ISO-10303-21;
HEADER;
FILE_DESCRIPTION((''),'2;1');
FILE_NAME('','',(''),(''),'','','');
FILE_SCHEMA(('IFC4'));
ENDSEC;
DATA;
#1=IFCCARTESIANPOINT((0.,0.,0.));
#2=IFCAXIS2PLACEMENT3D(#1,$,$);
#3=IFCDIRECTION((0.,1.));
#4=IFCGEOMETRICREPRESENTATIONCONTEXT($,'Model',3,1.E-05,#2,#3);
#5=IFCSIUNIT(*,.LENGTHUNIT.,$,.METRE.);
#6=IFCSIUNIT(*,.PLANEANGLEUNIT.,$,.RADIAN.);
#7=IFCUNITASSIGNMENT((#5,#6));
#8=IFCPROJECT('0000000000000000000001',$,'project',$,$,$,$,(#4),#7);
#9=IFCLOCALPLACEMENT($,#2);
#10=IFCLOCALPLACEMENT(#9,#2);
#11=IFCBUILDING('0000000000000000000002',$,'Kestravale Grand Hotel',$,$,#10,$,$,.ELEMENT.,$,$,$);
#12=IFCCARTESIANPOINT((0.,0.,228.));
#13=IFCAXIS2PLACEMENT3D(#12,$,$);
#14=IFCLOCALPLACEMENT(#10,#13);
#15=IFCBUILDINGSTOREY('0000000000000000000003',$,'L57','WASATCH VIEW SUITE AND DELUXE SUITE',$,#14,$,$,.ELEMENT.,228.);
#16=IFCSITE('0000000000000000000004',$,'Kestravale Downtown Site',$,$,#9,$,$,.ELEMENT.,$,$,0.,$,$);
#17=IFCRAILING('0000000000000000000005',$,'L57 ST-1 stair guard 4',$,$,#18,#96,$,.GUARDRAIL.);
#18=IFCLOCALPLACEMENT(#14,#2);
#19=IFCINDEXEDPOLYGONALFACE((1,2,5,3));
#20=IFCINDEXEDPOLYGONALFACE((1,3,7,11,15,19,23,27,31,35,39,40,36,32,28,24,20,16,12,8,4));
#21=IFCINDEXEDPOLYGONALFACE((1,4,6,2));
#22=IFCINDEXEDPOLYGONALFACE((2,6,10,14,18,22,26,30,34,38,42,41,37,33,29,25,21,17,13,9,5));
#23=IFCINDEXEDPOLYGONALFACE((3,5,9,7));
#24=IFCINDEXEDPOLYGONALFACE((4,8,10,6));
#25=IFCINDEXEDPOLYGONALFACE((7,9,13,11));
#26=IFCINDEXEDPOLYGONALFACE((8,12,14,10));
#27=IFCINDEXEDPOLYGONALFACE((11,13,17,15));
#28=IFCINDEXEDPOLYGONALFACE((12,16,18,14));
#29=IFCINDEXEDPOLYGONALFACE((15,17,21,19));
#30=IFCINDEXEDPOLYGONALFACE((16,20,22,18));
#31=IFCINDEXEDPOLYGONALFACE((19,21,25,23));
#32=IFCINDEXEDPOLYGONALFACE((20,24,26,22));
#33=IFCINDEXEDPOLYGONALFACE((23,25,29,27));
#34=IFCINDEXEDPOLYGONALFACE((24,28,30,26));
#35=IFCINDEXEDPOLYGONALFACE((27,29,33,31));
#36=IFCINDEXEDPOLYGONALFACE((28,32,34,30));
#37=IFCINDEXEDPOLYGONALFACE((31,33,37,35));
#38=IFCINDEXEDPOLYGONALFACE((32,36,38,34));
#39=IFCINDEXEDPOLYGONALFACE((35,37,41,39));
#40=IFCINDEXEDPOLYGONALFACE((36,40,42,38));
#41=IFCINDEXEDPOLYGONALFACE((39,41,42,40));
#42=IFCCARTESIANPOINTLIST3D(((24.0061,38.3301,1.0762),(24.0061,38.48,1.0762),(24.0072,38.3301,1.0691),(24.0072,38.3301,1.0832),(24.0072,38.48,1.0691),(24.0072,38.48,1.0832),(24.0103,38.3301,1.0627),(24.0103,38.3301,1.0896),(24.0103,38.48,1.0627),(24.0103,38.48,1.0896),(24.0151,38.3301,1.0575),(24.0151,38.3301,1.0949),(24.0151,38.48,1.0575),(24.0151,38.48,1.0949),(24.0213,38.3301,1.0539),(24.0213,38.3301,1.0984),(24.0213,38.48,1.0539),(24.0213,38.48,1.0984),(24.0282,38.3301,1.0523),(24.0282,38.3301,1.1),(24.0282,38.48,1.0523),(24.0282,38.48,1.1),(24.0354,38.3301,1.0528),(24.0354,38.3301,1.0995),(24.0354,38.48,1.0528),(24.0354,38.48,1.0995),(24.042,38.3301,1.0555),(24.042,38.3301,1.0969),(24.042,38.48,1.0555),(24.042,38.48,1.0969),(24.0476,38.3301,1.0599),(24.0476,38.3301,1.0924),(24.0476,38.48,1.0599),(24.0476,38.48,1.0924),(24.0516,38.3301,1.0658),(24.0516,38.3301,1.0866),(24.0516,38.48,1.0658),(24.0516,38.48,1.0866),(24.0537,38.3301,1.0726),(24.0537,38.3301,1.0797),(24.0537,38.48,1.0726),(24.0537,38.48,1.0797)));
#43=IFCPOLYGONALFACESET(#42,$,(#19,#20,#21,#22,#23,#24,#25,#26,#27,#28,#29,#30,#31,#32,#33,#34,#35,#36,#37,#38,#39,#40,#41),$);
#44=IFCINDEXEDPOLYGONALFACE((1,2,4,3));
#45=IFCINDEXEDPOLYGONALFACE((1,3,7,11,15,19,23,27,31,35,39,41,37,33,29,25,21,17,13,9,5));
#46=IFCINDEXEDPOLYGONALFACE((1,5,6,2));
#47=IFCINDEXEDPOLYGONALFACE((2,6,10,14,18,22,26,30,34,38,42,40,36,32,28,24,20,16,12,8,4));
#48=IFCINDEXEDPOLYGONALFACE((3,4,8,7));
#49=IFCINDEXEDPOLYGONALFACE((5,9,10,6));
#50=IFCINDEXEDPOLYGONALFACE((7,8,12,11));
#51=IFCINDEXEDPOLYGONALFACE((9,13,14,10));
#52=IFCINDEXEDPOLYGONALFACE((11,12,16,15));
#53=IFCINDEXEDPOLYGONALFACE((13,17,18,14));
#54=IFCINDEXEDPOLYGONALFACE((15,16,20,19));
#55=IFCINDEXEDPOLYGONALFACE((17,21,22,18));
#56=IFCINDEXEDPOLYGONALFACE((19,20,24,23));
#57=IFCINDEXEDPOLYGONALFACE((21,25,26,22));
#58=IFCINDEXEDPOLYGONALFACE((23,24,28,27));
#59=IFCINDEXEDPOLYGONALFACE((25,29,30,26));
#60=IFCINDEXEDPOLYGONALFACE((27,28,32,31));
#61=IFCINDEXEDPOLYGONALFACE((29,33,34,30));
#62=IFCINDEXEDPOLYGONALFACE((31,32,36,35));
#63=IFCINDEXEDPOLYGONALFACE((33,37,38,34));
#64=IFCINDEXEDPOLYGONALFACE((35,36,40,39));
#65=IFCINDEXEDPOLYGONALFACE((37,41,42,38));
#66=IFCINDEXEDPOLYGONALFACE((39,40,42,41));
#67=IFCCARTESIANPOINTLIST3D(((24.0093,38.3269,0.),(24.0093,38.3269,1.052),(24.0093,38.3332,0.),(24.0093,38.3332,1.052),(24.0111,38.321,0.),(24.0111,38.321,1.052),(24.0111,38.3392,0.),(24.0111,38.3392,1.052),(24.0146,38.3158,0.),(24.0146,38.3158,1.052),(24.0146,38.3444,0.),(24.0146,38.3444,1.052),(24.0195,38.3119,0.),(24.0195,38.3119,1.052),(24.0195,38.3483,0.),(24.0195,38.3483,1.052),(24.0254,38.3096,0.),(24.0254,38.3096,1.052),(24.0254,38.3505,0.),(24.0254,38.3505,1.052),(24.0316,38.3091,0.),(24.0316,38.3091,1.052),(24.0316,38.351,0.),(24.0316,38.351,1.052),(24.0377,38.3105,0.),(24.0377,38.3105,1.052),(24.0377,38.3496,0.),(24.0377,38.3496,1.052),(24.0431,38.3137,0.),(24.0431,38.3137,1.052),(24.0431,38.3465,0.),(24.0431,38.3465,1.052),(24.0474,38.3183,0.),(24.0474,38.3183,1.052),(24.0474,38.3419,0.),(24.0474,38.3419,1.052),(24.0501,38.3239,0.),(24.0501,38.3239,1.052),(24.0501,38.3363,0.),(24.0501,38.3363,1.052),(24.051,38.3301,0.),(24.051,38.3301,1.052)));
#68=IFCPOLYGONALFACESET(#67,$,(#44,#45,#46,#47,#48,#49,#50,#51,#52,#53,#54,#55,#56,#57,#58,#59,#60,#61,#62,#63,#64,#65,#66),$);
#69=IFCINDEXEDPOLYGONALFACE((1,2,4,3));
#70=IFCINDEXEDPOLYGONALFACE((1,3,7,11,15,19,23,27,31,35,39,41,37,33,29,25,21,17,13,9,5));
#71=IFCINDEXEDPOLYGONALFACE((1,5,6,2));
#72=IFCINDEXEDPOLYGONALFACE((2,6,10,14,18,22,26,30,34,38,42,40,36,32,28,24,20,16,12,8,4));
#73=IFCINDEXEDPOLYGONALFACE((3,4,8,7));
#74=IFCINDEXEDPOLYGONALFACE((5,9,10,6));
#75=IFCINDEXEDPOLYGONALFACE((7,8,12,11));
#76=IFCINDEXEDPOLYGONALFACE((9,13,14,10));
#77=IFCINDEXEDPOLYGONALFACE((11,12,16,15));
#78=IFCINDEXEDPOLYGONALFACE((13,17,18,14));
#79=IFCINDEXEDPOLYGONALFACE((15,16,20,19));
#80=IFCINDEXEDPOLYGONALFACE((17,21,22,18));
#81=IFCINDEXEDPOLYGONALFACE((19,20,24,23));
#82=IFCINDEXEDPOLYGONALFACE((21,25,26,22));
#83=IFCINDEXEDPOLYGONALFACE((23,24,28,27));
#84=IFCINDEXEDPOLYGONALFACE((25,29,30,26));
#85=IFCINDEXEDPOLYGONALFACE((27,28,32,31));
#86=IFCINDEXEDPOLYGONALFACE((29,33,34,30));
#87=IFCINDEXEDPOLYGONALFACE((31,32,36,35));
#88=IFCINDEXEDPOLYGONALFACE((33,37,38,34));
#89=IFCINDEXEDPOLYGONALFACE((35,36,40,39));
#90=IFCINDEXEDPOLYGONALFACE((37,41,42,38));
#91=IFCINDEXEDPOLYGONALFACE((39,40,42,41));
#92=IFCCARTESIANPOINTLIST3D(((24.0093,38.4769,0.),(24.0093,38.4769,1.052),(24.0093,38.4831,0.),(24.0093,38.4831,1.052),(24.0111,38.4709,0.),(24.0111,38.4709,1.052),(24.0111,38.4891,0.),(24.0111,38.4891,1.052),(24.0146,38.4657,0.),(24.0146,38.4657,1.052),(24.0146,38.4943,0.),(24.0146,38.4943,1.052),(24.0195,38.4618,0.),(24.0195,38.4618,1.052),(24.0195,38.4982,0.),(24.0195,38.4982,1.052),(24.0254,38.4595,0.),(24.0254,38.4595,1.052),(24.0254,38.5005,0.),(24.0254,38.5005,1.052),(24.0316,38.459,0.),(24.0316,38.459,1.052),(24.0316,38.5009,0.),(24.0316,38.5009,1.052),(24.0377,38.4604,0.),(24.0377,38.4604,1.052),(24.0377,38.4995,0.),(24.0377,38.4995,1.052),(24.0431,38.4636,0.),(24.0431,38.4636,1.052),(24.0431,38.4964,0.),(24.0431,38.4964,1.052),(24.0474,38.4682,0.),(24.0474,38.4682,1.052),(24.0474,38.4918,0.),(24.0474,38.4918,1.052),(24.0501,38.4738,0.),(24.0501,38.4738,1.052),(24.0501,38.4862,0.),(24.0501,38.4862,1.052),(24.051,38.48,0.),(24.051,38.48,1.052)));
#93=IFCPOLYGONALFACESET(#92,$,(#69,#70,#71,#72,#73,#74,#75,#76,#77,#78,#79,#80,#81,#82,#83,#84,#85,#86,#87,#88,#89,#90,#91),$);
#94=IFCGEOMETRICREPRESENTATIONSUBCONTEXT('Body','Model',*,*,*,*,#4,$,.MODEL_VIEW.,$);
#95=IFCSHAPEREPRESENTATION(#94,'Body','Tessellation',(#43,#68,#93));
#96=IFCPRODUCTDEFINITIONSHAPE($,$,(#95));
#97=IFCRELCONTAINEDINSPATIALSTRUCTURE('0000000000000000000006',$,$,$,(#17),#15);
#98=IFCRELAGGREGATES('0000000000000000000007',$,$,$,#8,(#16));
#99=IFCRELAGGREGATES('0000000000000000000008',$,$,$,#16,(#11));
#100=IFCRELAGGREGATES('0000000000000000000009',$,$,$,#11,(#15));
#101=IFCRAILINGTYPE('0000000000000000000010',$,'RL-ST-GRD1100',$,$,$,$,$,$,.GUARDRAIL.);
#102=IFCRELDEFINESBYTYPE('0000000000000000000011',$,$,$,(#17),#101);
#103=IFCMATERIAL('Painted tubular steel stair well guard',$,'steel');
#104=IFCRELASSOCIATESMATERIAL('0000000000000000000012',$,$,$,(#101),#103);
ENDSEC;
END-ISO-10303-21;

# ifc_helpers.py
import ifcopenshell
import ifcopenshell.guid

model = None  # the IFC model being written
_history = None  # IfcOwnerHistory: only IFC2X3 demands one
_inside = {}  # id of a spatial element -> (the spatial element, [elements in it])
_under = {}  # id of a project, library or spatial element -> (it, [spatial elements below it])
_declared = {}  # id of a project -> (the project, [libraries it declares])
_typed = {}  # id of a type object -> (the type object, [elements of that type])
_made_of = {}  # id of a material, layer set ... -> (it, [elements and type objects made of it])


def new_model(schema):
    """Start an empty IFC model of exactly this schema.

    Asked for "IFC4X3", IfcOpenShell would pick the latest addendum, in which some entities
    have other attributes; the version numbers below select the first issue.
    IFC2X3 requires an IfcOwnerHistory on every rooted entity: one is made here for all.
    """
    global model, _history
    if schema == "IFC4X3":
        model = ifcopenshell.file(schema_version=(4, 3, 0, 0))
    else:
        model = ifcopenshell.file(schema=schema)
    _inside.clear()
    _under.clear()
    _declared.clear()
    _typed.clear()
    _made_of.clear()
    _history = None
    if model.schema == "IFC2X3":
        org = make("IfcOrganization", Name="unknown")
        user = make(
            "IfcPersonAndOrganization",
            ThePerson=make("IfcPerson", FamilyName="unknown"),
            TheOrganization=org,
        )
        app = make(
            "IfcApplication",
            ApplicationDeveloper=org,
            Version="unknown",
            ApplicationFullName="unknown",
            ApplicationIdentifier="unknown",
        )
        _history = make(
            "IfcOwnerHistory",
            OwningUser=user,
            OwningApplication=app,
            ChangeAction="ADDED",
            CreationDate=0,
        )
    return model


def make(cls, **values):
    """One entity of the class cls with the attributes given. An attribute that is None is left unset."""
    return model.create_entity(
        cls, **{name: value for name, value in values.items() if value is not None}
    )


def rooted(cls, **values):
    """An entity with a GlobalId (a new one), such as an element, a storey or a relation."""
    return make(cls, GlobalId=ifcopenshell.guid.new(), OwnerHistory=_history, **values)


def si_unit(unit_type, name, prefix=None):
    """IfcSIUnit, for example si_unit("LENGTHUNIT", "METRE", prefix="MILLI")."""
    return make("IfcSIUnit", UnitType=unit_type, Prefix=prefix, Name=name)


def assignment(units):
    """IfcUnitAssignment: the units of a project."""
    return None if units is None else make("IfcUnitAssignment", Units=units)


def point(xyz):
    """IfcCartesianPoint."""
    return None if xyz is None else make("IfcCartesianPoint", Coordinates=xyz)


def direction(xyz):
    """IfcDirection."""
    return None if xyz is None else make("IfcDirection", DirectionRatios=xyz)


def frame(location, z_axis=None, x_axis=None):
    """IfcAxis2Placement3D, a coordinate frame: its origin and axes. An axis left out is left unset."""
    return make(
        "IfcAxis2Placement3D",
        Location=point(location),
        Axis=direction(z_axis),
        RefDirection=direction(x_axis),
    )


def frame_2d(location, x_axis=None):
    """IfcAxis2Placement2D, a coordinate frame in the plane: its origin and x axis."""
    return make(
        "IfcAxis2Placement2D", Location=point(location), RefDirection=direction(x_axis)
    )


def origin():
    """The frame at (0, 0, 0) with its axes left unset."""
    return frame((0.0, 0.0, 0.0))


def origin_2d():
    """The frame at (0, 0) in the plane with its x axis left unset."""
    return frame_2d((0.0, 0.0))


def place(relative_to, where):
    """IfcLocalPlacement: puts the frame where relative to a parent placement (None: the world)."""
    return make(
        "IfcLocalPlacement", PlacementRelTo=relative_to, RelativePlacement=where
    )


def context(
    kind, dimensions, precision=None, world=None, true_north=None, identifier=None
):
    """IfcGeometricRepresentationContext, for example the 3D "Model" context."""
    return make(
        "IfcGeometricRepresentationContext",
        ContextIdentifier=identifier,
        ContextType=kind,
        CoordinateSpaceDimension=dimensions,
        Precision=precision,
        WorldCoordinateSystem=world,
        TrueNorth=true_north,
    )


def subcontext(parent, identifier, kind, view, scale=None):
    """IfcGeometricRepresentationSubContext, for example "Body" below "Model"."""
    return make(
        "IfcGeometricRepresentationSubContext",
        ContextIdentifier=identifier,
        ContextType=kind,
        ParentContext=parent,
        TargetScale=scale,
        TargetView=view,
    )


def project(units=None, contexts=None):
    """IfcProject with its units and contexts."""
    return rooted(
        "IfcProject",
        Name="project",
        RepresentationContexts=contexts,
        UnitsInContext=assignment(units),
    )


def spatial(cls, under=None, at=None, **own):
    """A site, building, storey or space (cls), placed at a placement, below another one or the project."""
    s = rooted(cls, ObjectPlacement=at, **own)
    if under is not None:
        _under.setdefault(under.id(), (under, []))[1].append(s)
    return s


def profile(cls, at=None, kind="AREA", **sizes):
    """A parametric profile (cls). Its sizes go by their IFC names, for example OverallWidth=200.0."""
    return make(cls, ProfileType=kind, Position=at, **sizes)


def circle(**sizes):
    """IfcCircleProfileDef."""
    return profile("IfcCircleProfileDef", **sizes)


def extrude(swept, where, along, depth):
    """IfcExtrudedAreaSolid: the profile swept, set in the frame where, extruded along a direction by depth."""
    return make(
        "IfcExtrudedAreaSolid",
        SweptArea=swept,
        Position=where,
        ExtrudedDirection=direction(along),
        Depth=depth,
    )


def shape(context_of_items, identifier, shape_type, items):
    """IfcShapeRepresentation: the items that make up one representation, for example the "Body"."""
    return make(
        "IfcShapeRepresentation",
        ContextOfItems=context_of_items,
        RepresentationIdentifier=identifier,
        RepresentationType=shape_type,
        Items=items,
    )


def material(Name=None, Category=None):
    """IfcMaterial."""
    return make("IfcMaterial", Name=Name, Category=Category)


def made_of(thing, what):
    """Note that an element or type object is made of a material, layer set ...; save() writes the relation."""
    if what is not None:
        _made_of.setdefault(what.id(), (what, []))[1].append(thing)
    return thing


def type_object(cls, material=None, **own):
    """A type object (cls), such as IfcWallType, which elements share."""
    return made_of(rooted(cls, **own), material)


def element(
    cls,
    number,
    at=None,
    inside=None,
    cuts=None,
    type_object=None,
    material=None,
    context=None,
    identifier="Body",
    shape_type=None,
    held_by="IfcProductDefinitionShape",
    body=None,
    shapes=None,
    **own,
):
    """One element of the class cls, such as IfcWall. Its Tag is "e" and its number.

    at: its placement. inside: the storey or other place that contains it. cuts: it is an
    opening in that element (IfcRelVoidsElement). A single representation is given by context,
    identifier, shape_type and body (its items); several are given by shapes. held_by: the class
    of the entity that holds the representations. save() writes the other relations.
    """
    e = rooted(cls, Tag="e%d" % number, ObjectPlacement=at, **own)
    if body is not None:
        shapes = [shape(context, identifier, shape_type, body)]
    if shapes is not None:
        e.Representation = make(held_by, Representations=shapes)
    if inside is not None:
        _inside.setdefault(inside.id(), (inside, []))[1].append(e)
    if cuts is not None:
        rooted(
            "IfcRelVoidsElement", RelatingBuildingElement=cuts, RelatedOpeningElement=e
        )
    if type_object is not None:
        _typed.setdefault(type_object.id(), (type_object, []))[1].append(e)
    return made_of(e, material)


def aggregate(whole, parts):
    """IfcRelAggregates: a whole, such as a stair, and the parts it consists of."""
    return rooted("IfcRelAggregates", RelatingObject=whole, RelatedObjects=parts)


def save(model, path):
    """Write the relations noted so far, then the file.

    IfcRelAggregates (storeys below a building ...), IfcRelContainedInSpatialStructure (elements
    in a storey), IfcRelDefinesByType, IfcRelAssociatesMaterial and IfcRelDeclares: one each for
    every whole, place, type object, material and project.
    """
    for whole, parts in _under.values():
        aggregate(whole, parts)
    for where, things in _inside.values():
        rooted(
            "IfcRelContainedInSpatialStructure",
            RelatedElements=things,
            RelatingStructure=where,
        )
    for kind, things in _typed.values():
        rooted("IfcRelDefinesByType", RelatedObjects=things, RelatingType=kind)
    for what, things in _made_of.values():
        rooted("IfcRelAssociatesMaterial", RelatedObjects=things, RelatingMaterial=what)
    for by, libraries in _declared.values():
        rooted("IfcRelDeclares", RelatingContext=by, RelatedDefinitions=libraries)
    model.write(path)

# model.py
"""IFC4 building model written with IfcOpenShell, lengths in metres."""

from ifc_helpers import new_model, si_unit, direction, frame, origin, origin_2d, place, context, subcontext, project, spatial, circle, extrude, material, type_object, element, save


model = new_model("IFC4")

# Units and contexts
model_context = context("Model", 3, precision=1e-05, world=origin(), true_north=direction((0.0, 1.0)))
body_context = subcontext(model_context, "Body", "Model", "MODEL_VIEW")
ifc_project = project(units=[si_unit("LENGTHUNIT", "METRE"), si_unit("PLANEANGLEUNIT", "RADIAN")], contexts=[model_context])

# Site, building, storey
site_placement = place(None, origin())
site = spatial("IfcSite", under=ifc_project, at=site_placement, Name="Kestravale Downtown Site", CompositionType="ELEMENT", RefElevation=0.0)
building_placement = place(site_placement, origin())
building = spatial("IfcBuilding", under=site, at=building_placement, Name="Kestravale Grand Hotel", CompositionType="ELEMENT")
storey_placement = place(building_placement, frame((0.0, 0.0, 228.0)))
storey = spatial("IfcBuildingStorey", under=building, at=storey_placement, Name="L57", Description="WASATCH VIEW SUITE AND DELUXE SUITE", CompositionType="ELEMENT", Elevation=228.0)

# Railing
ifc_material_1 = material(Name="Painted tubular steel stair well guard", Category="steel")
railing_type_1 = type_object("IfcRailingType", Name="RL-ST-GRD1100", PredefinedType="GUARDRAIL", material=ifc_material_1)
railing_1_placement = place(storey_placement, frame((24.03, 38.3301, 0.0)))
element("IfcRailing", 1, at=railing_1_placement, inside=storey, type_object=railing_type_1, Name="L57 ST-1 stair guard 4", PredefinedType="GUARDRAIL", context=body_context, shape_type="SweptSolid", body=[
    extrude(circle(Radius=0.0239, at=origin_2d()), frame((0.0, 0.0, 1.0762), z_axis=(0.0, 1.0, 0.0), x_axis=(-1.0, 0.0, 0.0)), (0.0, 0.0, 1.0), 0.1499),
    extrude(circle(Radius=0.021, at=origin_2d()), origin(), (0.0, 0.0, 1.0), 1.052),
    extrude(circle(Radius=0.021, at=origin_2d()), frame((0.0, 0.1499, 0.0)), (0.0, 0.0, 1.0), 1.052),
])

save(model, "model.ifc")
